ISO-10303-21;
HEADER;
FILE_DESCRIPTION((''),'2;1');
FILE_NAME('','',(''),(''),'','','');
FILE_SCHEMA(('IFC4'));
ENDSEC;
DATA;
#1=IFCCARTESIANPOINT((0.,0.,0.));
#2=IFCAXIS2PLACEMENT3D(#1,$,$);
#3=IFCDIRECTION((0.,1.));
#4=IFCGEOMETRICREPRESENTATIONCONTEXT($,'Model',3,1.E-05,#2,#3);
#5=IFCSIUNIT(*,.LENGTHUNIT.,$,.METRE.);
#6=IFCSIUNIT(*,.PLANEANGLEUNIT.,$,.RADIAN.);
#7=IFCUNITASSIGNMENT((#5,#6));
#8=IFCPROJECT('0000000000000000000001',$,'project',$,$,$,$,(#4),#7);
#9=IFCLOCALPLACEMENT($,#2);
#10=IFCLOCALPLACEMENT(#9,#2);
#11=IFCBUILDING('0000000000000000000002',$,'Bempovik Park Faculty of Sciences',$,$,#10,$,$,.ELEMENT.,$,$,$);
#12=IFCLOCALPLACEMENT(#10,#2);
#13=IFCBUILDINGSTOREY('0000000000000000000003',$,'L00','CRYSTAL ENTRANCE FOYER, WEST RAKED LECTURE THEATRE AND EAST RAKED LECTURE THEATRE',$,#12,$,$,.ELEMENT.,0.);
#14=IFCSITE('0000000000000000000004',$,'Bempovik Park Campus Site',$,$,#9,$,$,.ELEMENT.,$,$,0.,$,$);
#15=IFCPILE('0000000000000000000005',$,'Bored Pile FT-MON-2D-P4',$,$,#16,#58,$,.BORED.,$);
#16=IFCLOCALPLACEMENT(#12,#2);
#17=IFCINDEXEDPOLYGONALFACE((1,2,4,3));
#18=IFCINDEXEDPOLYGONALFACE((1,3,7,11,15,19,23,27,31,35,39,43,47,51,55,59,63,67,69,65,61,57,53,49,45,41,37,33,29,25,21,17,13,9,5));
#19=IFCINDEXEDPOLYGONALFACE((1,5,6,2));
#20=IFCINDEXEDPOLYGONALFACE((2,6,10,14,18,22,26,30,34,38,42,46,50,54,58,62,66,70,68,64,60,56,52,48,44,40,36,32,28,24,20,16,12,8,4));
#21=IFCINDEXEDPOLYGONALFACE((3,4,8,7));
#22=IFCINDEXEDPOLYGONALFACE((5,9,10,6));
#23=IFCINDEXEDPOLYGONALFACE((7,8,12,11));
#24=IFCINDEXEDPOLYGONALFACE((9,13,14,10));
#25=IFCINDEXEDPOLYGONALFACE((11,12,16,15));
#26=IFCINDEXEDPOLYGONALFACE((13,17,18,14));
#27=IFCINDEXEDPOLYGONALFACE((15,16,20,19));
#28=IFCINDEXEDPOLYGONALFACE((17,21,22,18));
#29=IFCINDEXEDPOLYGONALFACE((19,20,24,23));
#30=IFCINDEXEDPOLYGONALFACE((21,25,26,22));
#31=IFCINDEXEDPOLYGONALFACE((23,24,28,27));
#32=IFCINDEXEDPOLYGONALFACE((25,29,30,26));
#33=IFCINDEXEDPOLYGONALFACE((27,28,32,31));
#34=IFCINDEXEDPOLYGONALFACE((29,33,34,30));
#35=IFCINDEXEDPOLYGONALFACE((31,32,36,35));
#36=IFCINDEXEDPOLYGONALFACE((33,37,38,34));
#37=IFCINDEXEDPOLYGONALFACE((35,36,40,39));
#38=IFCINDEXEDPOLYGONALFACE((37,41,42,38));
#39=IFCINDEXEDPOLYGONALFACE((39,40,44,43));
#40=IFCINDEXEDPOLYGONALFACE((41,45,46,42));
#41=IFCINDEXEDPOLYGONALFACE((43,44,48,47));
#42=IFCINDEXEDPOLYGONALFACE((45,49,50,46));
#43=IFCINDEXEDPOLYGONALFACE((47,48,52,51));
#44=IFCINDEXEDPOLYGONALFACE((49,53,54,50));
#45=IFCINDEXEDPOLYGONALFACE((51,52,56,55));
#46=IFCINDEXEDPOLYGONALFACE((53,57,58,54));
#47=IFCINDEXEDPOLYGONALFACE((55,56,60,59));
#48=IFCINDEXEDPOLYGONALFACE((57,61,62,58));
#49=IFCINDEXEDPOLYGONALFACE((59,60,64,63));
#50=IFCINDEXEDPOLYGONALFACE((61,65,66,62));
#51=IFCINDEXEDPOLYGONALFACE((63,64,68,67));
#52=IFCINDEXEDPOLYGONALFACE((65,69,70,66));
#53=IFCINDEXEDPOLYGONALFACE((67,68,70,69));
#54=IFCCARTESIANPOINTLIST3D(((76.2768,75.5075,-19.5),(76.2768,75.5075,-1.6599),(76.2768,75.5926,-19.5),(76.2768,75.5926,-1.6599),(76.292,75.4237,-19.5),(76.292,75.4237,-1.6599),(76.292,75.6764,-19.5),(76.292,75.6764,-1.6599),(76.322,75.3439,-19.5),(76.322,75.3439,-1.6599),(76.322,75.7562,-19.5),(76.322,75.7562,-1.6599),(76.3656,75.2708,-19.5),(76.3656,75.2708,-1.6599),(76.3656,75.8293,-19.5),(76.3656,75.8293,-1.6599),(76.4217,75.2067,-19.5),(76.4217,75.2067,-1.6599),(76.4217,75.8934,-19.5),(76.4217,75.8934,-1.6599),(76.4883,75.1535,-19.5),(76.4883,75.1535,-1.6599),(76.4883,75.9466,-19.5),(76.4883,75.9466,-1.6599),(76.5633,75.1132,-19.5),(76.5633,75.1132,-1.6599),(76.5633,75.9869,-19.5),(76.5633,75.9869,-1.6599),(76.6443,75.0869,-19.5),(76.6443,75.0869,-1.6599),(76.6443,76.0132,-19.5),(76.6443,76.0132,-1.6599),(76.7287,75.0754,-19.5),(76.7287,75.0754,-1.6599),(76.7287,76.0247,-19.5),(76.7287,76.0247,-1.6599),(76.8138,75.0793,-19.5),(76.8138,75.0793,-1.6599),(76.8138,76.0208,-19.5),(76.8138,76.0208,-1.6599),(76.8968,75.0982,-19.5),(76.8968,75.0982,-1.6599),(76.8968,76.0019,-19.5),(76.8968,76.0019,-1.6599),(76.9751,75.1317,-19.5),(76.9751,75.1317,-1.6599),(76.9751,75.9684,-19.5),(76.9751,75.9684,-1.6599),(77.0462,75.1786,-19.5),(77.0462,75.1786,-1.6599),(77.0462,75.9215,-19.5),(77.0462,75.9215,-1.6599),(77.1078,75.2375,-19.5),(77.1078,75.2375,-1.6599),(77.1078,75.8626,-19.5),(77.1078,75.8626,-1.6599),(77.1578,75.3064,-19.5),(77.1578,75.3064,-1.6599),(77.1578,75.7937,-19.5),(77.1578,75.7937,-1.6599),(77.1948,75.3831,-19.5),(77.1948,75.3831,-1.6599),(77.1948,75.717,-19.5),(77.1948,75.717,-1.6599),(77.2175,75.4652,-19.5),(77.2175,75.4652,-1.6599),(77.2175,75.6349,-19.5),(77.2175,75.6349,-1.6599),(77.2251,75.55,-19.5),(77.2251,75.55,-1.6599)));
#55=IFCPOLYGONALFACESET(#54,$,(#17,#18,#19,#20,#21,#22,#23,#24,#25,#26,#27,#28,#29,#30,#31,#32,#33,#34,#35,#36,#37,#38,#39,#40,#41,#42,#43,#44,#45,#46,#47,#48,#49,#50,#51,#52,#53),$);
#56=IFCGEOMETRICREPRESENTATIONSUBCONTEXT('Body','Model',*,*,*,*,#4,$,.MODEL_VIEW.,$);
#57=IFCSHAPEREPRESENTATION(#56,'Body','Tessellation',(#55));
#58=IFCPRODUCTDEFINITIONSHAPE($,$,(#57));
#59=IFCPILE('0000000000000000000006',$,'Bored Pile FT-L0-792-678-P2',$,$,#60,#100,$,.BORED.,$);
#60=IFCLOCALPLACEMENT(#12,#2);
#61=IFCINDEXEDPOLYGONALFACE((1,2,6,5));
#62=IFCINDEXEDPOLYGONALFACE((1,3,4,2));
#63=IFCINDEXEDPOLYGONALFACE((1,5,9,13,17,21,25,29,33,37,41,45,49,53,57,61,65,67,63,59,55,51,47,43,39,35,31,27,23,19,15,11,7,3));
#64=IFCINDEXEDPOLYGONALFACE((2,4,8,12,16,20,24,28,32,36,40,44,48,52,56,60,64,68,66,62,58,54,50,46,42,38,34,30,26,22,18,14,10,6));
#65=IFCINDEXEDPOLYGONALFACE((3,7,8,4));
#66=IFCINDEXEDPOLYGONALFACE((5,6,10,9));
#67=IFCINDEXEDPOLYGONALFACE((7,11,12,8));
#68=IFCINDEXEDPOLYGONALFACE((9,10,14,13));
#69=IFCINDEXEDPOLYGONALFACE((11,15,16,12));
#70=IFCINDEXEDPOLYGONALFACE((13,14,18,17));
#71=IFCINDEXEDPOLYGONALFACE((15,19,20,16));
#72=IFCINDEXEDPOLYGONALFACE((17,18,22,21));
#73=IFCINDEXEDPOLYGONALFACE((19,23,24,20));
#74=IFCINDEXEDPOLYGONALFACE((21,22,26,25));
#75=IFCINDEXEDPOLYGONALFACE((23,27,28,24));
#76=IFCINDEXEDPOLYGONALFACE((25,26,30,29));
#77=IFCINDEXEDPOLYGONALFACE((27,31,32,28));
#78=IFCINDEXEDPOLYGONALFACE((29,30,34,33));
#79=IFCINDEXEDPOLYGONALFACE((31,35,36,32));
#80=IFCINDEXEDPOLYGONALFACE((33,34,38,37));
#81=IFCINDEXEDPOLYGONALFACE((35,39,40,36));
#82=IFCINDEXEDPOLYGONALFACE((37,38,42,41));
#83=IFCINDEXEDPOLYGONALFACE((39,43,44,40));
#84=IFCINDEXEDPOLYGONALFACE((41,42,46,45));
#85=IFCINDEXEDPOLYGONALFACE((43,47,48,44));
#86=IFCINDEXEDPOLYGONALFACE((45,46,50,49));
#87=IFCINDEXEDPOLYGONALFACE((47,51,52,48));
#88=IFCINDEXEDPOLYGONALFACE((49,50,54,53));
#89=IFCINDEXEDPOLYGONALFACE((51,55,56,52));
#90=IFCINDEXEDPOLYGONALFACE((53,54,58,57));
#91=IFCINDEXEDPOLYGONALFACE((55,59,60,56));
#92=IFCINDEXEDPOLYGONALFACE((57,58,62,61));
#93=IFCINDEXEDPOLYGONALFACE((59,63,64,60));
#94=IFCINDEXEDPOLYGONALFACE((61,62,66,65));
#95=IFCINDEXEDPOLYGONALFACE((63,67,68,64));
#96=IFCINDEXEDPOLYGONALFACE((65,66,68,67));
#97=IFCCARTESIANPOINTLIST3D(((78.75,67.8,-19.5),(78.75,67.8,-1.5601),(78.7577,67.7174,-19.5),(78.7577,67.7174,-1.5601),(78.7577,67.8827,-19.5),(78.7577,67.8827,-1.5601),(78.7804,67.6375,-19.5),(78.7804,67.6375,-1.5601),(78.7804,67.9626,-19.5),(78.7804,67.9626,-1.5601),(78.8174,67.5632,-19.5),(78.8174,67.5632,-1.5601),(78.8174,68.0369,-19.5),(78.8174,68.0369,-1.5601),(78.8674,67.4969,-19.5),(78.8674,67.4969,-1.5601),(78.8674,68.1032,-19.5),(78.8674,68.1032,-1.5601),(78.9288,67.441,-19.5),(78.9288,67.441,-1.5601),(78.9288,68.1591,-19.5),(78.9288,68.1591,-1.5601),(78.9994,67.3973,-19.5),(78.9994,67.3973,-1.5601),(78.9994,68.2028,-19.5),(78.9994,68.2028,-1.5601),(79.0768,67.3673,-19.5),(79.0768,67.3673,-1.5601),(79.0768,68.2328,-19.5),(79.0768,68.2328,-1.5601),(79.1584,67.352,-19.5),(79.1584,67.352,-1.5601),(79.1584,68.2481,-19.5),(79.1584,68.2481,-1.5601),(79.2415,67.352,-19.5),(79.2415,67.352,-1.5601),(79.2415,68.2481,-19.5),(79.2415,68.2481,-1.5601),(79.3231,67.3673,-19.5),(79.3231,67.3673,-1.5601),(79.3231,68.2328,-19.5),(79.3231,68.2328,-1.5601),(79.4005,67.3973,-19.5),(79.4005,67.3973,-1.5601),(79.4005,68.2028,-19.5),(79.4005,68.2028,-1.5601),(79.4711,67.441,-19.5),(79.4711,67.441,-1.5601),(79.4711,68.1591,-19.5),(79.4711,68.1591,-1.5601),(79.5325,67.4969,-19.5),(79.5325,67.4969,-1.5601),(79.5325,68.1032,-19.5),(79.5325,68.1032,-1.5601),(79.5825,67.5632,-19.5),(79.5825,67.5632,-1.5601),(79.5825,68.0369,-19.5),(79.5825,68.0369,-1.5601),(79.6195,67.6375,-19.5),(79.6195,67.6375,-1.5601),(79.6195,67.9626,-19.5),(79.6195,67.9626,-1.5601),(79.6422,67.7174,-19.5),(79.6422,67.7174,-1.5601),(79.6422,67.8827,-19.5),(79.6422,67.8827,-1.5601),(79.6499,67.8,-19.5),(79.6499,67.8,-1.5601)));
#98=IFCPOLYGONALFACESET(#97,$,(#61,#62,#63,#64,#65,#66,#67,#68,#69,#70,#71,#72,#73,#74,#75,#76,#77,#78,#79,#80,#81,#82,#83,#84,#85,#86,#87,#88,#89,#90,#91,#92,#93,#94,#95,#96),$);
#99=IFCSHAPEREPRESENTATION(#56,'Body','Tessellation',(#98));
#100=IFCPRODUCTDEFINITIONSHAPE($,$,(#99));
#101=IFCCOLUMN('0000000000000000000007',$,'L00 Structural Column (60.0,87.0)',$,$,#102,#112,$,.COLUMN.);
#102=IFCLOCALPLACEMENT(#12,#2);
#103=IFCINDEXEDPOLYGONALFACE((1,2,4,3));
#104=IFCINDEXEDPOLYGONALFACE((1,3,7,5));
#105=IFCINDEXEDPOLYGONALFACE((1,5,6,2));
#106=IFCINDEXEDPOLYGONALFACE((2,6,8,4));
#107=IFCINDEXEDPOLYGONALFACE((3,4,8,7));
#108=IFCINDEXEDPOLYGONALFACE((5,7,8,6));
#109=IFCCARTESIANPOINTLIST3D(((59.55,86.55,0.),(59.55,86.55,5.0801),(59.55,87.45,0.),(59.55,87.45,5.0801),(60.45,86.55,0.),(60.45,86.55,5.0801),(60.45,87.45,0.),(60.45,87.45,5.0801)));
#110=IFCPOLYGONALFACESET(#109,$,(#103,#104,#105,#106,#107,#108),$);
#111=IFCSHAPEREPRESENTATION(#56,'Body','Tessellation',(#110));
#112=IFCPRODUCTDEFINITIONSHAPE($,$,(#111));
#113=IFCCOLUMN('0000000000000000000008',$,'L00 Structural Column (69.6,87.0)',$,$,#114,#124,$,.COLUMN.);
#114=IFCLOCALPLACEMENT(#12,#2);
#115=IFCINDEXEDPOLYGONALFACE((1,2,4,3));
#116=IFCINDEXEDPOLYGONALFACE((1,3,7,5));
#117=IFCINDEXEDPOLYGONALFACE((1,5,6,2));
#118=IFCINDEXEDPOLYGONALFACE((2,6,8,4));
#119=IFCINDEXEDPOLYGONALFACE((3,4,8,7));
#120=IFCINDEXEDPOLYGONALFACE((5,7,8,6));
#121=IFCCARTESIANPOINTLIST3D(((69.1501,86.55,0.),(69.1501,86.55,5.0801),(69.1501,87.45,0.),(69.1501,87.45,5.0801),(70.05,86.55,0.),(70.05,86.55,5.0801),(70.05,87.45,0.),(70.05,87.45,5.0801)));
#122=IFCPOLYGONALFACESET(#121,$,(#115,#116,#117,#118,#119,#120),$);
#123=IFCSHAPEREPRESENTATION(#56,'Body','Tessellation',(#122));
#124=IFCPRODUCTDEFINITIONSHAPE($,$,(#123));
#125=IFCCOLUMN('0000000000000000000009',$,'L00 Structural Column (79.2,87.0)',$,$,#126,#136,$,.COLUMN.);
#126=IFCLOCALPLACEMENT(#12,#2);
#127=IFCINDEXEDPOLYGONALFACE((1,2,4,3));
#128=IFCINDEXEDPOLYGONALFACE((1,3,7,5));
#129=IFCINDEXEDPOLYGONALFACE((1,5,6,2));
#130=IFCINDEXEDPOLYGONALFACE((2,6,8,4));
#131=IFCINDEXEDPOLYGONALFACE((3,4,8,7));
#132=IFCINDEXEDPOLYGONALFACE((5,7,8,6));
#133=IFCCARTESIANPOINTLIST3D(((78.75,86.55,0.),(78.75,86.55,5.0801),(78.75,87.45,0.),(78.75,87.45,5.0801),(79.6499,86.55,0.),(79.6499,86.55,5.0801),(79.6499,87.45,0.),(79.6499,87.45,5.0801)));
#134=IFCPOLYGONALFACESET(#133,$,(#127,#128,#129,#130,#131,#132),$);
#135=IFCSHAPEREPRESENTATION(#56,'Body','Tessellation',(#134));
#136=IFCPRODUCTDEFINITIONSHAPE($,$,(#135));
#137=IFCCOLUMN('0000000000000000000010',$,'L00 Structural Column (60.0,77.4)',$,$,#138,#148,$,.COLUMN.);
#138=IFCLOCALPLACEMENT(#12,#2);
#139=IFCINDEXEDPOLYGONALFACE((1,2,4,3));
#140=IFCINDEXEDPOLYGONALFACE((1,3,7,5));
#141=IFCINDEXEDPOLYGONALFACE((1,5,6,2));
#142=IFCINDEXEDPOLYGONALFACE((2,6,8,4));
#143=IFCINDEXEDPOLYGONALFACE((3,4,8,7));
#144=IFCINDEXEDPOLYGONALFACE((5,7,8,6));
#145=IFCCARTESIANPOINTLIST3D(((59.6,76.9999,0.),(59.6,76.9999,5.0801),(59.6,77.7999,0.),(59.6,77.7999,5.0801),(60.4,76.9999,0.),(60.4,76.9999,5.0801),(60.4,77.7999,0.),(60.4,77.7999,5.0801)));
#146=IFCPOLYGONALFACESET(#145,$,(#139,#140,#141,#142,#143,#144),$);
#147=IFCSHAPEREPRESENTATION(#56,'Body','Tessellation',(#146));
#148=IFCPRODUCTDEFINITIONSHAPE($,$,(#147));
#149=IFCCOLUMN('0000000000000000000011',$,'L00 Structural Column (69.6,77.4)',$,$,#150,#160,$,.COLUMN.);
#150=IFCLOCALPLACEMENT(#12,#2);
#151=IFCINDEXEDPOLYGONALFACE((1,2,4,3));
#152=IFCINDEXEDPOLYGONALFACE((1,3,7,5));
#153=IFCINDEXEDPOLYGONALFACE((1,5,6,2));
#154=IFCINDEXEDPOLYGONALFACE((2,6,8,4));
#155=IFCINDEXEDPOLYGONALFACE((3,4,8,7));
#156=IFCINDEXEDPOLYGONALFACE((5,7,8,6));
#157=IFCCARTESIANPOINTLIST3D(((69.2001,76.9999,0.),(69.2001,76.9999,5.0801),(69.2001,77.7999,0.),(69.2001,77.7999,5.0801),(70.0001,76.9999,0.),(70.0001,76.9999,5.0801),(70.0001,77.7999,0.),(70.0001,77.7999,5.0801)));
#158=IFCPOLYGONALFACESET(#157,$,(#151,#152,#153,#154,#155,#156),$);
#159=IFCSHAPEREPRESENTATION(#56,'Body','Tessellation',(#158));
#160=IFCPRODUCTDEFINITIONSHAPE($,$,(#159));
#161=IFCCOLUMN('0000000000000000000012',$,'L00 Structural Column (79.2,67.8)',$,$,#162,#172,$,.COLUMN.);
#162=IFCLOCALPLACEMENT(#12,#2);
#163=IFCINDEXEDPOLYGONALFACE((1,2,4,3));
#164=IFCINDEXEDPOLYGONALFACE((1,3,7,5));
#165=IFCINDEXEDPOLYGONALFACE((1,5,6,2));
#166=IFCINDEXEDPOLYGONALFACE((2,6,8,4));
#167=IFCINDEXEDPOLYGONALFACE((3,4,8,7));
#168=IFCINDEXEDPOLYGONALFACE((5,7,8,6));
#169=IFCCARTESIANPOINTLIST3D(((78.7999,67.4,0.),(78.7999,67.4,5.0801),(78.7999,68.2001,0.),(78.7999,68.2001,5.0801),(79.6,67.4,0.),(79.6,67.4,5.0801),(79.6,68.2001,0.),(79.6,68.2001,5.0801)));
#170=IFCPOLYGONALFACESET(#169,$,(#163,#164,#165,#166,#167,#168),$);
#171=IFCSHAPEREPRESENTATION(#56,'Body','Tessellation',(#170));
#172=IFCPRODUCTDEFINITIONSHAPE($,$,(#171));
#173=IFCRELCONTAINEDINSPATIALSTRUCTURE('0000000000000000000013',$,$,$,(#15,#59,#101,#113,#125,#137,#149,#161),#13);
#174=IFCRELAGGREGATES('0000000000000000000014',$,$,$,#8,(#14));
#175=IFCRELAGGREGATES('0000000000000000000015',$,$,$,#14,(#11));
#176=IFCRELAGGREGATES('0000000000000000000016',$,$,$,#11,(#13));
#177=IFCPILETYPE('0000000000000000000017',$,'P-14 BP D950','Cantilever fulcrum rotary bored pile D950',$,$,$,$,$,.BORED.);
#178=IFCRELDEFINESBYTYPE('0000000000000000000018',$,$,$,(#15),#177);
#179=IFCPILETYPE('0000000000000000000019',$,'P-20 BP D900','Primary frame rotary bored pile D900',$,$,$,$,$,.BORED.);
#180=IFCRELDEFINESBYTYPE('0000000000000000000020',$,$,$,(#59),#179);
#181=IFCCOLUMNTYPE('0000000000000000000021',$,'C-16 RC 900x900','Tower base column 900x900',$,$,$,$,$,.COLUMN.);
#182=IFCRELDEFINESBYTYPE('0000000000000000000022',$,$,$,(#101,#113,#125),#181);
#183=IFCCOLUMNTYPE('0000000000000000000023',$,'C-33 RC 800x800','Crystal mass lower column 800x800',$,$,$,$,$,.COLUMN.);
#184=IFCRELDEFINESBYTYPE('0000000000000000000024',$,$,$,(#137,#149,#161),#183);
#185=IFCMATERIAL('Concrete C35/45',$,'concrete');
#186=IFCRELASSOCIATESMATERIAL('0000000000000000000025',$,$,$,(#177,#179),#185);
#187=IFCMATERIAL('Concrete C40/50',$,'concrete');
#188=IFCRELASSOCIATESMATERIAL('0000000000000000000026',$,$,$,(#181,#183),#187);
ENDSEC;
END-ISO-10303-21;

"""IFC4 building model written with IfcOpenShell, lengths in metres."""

from ifc_helpers import new_model, si_unit, direction, frame, origin, origin_2d, place, context, subcontext, project, spatial, rectangle, circle, extrude, material, material_profile, profile_set, type_object, element, save


model = new_model("IFC4")

# Units and contexts
model_context = context("Model", 3, precision=1e-05, world=origin(), true_north=direction((0.0, 1.0)))
body_context = subcontext(model_context, "Body", "Model", "MODEL_VIEW")
ifc_project = project(units=[si_unit("LENGTHUNIT", "METRE"), si_unit("PLANEANGLEUNIT", "RADIAN")], contexts=[model_context])

# Site, building, storey
site_placement = place(None, origin())
site = spatial("IfcSite", under=ifc_project, at=site_placement, Name="Bempovik Park Campus Site", CompositionType="ELEMENT", RefElevation=0.0)
building_placement = place(site_placement, origin())
building = spatial("IfcBuilding", under=site, at=building_placement, Name="Bempovik Park Faculty of Sciences", CompositionType="ELEMENT")
storey_placement = place(building_placement, origin())
storey = spatial("IfcBuildingStorey", under=building, at=storey_placement, Name="L00", Description="CRYSTAL ENTRANCE FOYER, WEST RAKED LECTURE THEATRE AND EAST RAKED LECTURE THEATRE", CompositionType="ELEMENT", Elevation=0.0)

# Shared definitions
ifc_material_1 = material(Name="Concrete C35/45", Category="concrete")

# Piles
ifc_material_profile_1 = material_profile(ifc_material_1, circle(Radius=0.4751, at=origin_2d()), Name="BP D950")
ifc_profile_set_1 = profile_set([ifc_material_profile_1], Name="Concrete C35/45")
pile_type_1 = type_object("IfcPileType", Name="P-14 BP D950", Description="Cantilever fulcrum rotary bored pile D950", PredefinedType="BORED", material=ifc_profile_set_1)
for number, where, z_axis, x_axis, name in (
    (1, (76.75, 75.55, -1.6599), (0.0, 0.0, -1.0), (1.0, 0.0, 0.0), "Bored Pile FT-MON-2D-P4"),
):
    element("IfcPile", number, at=place(storey_placement, frame(where, z_axis=z_axis, x_axis=x_axis)), inside=storey, type_object=pile_type_1, Name=name, PredefinedType="BORED", context=body_context, shape_type="SweptSolid", body=[
        extrude(circle(Radius=0.4751, at=origin_2d()), origin(), (0.0, 0.0, 1.0), 17.8401),
    ])
ifc_material_profile_2 = material_profile(ifc_material_1, circle(Radius=0.45, at=origin_2d()), Name="BP D900")
ifc_profile_set_2 = profile_set([ifc_material_profile_2], Name="Concrete C35/45")
pile_type_2 = type_object("IfcPileType", Name="P-20 BP D900", Description="Primary frame rotary bored pile D900", PredefinedType="BORED", material=ifc_profile_set_2)
pile_placement = place(storey_placement, frame((79.2, 67.8, -1.5601), z_axis=(0.0, 0.0, -1.0), x_axis=(1.0, 0.0, 0.0)))
element("IfcPile", 2, at=pile_placement, inside=storey, type_object=pile_type_2, Name="Bored Pile FT-L0-792-678-P2", PredefinedType="BORED", context=body_context, shape_type="SweptSolid", body=[
    extrude(circle(Radius=0.45, at=origin_2d()), origin(), (0.0, 0.0, 1.0), 17.9399),
])

# Columns
ifc_material_2 = material(Name="Concrete C40/50", Category="concrete")
ifc_material_profile_3 = material_profile(ifc_material_2, rectangle(XDim=0.8999, YDim=0.8999, at=origin_2d()), Name="RC 900x900")
ifc_profile_set_3 = profile_set([ifc_material_profile_3], Name="Concrete C40/50")
column_type_1 = type_object("IfcColumnType", Name="C-16 RC 900x900", Description="Tower base column 900x900", PredefinedType="COLUMN", material=ifc_profile_set_3)
for number, where, z_axis, x_axis, name in (
    (3, (60.0, 87.0, 0.0), (0.0, 0.0, 1.0), (1.0, 0.0, 0.0), "L00 Structural Column (60.0,87.0)"),
    (4, (69.6001, 87.0, 0.0), (0.0, 0.0, 1.0), (1.0, 0.0, 0.0), "L00 Structural Column (69.6,87.0)"),
    (5, (79.2, 87.0, 0.0), (0.0, 0.0, 1.0), (1.0, 0.0, 0.0), "L00 Structural Column (79.2,87.0)"),
):
    element("IfcColumn", number, at=place(storey_placement, frame(where, z_axis=z_axis, x_axis=x_axis)), inside=storey, type_object=column_type_1, Name=name, PredefinedType="COLUMN", context=body_context, shape_type="SweptSolid", body=[
        extrude(rectangle(XDim=0.8999, YDim=0.8999, at=origin_2d()), origin(), (0.0, 0.0, 1.0), 5.0801),
    ])
ifc_material_profile_4 = material_profile(ifc_material_2, rectangle(XDim=0.8, YDim=0.8, at=origin_2d()), Name="RC 800x800")
ifc_profile_set_4 = profile_set([ifc_material_profile_4], Name="Concrete C40/50")
column_type_2 = type_object("IfcColumnType", Name="C-33 RC 800x800", Description="Crystal mass lower column 800x800", PredefinedType="COLUMN", material=ifc_profile_set_4)
for number, where, z_axis, x_axis, name in (
    (6, (60.0, 77.3999, 0.0), (0.0, 0.0, 1.0), (1.0, 0.0, 0.0), "L00 Structural Column (60.0,77.4)"),
    (7, (69.6001, 77.3999, 0.0), (0.0, 0.0, 1.0), (1.0, 0.0, 0.0), "L00 Structural Column (69.6,77.4)"),
    (8, (79.2, 67.8, 0.0), (0.0, 0.0, 1.0), (1.0, 0.0, 0.0), "L00 Structural Column (79.2,67.8)"),
):
    element("IfcColumn", number, at=place(storey_placement, frame(where, z_axis=z_axis, x_axis=x_axis)), inside=storey, type_object=column_type_2, Name=name, PredefinedType="COLUMN", context=body_context, shape_type="SweptSolid", body=[
        extrude(rectangle(XDim=0.8, YDim=0.8, at=origin_2d()), origin(), (0.0, 0.0, 1.0), 5.0801),
    ])

save(model, "model.ifc")
